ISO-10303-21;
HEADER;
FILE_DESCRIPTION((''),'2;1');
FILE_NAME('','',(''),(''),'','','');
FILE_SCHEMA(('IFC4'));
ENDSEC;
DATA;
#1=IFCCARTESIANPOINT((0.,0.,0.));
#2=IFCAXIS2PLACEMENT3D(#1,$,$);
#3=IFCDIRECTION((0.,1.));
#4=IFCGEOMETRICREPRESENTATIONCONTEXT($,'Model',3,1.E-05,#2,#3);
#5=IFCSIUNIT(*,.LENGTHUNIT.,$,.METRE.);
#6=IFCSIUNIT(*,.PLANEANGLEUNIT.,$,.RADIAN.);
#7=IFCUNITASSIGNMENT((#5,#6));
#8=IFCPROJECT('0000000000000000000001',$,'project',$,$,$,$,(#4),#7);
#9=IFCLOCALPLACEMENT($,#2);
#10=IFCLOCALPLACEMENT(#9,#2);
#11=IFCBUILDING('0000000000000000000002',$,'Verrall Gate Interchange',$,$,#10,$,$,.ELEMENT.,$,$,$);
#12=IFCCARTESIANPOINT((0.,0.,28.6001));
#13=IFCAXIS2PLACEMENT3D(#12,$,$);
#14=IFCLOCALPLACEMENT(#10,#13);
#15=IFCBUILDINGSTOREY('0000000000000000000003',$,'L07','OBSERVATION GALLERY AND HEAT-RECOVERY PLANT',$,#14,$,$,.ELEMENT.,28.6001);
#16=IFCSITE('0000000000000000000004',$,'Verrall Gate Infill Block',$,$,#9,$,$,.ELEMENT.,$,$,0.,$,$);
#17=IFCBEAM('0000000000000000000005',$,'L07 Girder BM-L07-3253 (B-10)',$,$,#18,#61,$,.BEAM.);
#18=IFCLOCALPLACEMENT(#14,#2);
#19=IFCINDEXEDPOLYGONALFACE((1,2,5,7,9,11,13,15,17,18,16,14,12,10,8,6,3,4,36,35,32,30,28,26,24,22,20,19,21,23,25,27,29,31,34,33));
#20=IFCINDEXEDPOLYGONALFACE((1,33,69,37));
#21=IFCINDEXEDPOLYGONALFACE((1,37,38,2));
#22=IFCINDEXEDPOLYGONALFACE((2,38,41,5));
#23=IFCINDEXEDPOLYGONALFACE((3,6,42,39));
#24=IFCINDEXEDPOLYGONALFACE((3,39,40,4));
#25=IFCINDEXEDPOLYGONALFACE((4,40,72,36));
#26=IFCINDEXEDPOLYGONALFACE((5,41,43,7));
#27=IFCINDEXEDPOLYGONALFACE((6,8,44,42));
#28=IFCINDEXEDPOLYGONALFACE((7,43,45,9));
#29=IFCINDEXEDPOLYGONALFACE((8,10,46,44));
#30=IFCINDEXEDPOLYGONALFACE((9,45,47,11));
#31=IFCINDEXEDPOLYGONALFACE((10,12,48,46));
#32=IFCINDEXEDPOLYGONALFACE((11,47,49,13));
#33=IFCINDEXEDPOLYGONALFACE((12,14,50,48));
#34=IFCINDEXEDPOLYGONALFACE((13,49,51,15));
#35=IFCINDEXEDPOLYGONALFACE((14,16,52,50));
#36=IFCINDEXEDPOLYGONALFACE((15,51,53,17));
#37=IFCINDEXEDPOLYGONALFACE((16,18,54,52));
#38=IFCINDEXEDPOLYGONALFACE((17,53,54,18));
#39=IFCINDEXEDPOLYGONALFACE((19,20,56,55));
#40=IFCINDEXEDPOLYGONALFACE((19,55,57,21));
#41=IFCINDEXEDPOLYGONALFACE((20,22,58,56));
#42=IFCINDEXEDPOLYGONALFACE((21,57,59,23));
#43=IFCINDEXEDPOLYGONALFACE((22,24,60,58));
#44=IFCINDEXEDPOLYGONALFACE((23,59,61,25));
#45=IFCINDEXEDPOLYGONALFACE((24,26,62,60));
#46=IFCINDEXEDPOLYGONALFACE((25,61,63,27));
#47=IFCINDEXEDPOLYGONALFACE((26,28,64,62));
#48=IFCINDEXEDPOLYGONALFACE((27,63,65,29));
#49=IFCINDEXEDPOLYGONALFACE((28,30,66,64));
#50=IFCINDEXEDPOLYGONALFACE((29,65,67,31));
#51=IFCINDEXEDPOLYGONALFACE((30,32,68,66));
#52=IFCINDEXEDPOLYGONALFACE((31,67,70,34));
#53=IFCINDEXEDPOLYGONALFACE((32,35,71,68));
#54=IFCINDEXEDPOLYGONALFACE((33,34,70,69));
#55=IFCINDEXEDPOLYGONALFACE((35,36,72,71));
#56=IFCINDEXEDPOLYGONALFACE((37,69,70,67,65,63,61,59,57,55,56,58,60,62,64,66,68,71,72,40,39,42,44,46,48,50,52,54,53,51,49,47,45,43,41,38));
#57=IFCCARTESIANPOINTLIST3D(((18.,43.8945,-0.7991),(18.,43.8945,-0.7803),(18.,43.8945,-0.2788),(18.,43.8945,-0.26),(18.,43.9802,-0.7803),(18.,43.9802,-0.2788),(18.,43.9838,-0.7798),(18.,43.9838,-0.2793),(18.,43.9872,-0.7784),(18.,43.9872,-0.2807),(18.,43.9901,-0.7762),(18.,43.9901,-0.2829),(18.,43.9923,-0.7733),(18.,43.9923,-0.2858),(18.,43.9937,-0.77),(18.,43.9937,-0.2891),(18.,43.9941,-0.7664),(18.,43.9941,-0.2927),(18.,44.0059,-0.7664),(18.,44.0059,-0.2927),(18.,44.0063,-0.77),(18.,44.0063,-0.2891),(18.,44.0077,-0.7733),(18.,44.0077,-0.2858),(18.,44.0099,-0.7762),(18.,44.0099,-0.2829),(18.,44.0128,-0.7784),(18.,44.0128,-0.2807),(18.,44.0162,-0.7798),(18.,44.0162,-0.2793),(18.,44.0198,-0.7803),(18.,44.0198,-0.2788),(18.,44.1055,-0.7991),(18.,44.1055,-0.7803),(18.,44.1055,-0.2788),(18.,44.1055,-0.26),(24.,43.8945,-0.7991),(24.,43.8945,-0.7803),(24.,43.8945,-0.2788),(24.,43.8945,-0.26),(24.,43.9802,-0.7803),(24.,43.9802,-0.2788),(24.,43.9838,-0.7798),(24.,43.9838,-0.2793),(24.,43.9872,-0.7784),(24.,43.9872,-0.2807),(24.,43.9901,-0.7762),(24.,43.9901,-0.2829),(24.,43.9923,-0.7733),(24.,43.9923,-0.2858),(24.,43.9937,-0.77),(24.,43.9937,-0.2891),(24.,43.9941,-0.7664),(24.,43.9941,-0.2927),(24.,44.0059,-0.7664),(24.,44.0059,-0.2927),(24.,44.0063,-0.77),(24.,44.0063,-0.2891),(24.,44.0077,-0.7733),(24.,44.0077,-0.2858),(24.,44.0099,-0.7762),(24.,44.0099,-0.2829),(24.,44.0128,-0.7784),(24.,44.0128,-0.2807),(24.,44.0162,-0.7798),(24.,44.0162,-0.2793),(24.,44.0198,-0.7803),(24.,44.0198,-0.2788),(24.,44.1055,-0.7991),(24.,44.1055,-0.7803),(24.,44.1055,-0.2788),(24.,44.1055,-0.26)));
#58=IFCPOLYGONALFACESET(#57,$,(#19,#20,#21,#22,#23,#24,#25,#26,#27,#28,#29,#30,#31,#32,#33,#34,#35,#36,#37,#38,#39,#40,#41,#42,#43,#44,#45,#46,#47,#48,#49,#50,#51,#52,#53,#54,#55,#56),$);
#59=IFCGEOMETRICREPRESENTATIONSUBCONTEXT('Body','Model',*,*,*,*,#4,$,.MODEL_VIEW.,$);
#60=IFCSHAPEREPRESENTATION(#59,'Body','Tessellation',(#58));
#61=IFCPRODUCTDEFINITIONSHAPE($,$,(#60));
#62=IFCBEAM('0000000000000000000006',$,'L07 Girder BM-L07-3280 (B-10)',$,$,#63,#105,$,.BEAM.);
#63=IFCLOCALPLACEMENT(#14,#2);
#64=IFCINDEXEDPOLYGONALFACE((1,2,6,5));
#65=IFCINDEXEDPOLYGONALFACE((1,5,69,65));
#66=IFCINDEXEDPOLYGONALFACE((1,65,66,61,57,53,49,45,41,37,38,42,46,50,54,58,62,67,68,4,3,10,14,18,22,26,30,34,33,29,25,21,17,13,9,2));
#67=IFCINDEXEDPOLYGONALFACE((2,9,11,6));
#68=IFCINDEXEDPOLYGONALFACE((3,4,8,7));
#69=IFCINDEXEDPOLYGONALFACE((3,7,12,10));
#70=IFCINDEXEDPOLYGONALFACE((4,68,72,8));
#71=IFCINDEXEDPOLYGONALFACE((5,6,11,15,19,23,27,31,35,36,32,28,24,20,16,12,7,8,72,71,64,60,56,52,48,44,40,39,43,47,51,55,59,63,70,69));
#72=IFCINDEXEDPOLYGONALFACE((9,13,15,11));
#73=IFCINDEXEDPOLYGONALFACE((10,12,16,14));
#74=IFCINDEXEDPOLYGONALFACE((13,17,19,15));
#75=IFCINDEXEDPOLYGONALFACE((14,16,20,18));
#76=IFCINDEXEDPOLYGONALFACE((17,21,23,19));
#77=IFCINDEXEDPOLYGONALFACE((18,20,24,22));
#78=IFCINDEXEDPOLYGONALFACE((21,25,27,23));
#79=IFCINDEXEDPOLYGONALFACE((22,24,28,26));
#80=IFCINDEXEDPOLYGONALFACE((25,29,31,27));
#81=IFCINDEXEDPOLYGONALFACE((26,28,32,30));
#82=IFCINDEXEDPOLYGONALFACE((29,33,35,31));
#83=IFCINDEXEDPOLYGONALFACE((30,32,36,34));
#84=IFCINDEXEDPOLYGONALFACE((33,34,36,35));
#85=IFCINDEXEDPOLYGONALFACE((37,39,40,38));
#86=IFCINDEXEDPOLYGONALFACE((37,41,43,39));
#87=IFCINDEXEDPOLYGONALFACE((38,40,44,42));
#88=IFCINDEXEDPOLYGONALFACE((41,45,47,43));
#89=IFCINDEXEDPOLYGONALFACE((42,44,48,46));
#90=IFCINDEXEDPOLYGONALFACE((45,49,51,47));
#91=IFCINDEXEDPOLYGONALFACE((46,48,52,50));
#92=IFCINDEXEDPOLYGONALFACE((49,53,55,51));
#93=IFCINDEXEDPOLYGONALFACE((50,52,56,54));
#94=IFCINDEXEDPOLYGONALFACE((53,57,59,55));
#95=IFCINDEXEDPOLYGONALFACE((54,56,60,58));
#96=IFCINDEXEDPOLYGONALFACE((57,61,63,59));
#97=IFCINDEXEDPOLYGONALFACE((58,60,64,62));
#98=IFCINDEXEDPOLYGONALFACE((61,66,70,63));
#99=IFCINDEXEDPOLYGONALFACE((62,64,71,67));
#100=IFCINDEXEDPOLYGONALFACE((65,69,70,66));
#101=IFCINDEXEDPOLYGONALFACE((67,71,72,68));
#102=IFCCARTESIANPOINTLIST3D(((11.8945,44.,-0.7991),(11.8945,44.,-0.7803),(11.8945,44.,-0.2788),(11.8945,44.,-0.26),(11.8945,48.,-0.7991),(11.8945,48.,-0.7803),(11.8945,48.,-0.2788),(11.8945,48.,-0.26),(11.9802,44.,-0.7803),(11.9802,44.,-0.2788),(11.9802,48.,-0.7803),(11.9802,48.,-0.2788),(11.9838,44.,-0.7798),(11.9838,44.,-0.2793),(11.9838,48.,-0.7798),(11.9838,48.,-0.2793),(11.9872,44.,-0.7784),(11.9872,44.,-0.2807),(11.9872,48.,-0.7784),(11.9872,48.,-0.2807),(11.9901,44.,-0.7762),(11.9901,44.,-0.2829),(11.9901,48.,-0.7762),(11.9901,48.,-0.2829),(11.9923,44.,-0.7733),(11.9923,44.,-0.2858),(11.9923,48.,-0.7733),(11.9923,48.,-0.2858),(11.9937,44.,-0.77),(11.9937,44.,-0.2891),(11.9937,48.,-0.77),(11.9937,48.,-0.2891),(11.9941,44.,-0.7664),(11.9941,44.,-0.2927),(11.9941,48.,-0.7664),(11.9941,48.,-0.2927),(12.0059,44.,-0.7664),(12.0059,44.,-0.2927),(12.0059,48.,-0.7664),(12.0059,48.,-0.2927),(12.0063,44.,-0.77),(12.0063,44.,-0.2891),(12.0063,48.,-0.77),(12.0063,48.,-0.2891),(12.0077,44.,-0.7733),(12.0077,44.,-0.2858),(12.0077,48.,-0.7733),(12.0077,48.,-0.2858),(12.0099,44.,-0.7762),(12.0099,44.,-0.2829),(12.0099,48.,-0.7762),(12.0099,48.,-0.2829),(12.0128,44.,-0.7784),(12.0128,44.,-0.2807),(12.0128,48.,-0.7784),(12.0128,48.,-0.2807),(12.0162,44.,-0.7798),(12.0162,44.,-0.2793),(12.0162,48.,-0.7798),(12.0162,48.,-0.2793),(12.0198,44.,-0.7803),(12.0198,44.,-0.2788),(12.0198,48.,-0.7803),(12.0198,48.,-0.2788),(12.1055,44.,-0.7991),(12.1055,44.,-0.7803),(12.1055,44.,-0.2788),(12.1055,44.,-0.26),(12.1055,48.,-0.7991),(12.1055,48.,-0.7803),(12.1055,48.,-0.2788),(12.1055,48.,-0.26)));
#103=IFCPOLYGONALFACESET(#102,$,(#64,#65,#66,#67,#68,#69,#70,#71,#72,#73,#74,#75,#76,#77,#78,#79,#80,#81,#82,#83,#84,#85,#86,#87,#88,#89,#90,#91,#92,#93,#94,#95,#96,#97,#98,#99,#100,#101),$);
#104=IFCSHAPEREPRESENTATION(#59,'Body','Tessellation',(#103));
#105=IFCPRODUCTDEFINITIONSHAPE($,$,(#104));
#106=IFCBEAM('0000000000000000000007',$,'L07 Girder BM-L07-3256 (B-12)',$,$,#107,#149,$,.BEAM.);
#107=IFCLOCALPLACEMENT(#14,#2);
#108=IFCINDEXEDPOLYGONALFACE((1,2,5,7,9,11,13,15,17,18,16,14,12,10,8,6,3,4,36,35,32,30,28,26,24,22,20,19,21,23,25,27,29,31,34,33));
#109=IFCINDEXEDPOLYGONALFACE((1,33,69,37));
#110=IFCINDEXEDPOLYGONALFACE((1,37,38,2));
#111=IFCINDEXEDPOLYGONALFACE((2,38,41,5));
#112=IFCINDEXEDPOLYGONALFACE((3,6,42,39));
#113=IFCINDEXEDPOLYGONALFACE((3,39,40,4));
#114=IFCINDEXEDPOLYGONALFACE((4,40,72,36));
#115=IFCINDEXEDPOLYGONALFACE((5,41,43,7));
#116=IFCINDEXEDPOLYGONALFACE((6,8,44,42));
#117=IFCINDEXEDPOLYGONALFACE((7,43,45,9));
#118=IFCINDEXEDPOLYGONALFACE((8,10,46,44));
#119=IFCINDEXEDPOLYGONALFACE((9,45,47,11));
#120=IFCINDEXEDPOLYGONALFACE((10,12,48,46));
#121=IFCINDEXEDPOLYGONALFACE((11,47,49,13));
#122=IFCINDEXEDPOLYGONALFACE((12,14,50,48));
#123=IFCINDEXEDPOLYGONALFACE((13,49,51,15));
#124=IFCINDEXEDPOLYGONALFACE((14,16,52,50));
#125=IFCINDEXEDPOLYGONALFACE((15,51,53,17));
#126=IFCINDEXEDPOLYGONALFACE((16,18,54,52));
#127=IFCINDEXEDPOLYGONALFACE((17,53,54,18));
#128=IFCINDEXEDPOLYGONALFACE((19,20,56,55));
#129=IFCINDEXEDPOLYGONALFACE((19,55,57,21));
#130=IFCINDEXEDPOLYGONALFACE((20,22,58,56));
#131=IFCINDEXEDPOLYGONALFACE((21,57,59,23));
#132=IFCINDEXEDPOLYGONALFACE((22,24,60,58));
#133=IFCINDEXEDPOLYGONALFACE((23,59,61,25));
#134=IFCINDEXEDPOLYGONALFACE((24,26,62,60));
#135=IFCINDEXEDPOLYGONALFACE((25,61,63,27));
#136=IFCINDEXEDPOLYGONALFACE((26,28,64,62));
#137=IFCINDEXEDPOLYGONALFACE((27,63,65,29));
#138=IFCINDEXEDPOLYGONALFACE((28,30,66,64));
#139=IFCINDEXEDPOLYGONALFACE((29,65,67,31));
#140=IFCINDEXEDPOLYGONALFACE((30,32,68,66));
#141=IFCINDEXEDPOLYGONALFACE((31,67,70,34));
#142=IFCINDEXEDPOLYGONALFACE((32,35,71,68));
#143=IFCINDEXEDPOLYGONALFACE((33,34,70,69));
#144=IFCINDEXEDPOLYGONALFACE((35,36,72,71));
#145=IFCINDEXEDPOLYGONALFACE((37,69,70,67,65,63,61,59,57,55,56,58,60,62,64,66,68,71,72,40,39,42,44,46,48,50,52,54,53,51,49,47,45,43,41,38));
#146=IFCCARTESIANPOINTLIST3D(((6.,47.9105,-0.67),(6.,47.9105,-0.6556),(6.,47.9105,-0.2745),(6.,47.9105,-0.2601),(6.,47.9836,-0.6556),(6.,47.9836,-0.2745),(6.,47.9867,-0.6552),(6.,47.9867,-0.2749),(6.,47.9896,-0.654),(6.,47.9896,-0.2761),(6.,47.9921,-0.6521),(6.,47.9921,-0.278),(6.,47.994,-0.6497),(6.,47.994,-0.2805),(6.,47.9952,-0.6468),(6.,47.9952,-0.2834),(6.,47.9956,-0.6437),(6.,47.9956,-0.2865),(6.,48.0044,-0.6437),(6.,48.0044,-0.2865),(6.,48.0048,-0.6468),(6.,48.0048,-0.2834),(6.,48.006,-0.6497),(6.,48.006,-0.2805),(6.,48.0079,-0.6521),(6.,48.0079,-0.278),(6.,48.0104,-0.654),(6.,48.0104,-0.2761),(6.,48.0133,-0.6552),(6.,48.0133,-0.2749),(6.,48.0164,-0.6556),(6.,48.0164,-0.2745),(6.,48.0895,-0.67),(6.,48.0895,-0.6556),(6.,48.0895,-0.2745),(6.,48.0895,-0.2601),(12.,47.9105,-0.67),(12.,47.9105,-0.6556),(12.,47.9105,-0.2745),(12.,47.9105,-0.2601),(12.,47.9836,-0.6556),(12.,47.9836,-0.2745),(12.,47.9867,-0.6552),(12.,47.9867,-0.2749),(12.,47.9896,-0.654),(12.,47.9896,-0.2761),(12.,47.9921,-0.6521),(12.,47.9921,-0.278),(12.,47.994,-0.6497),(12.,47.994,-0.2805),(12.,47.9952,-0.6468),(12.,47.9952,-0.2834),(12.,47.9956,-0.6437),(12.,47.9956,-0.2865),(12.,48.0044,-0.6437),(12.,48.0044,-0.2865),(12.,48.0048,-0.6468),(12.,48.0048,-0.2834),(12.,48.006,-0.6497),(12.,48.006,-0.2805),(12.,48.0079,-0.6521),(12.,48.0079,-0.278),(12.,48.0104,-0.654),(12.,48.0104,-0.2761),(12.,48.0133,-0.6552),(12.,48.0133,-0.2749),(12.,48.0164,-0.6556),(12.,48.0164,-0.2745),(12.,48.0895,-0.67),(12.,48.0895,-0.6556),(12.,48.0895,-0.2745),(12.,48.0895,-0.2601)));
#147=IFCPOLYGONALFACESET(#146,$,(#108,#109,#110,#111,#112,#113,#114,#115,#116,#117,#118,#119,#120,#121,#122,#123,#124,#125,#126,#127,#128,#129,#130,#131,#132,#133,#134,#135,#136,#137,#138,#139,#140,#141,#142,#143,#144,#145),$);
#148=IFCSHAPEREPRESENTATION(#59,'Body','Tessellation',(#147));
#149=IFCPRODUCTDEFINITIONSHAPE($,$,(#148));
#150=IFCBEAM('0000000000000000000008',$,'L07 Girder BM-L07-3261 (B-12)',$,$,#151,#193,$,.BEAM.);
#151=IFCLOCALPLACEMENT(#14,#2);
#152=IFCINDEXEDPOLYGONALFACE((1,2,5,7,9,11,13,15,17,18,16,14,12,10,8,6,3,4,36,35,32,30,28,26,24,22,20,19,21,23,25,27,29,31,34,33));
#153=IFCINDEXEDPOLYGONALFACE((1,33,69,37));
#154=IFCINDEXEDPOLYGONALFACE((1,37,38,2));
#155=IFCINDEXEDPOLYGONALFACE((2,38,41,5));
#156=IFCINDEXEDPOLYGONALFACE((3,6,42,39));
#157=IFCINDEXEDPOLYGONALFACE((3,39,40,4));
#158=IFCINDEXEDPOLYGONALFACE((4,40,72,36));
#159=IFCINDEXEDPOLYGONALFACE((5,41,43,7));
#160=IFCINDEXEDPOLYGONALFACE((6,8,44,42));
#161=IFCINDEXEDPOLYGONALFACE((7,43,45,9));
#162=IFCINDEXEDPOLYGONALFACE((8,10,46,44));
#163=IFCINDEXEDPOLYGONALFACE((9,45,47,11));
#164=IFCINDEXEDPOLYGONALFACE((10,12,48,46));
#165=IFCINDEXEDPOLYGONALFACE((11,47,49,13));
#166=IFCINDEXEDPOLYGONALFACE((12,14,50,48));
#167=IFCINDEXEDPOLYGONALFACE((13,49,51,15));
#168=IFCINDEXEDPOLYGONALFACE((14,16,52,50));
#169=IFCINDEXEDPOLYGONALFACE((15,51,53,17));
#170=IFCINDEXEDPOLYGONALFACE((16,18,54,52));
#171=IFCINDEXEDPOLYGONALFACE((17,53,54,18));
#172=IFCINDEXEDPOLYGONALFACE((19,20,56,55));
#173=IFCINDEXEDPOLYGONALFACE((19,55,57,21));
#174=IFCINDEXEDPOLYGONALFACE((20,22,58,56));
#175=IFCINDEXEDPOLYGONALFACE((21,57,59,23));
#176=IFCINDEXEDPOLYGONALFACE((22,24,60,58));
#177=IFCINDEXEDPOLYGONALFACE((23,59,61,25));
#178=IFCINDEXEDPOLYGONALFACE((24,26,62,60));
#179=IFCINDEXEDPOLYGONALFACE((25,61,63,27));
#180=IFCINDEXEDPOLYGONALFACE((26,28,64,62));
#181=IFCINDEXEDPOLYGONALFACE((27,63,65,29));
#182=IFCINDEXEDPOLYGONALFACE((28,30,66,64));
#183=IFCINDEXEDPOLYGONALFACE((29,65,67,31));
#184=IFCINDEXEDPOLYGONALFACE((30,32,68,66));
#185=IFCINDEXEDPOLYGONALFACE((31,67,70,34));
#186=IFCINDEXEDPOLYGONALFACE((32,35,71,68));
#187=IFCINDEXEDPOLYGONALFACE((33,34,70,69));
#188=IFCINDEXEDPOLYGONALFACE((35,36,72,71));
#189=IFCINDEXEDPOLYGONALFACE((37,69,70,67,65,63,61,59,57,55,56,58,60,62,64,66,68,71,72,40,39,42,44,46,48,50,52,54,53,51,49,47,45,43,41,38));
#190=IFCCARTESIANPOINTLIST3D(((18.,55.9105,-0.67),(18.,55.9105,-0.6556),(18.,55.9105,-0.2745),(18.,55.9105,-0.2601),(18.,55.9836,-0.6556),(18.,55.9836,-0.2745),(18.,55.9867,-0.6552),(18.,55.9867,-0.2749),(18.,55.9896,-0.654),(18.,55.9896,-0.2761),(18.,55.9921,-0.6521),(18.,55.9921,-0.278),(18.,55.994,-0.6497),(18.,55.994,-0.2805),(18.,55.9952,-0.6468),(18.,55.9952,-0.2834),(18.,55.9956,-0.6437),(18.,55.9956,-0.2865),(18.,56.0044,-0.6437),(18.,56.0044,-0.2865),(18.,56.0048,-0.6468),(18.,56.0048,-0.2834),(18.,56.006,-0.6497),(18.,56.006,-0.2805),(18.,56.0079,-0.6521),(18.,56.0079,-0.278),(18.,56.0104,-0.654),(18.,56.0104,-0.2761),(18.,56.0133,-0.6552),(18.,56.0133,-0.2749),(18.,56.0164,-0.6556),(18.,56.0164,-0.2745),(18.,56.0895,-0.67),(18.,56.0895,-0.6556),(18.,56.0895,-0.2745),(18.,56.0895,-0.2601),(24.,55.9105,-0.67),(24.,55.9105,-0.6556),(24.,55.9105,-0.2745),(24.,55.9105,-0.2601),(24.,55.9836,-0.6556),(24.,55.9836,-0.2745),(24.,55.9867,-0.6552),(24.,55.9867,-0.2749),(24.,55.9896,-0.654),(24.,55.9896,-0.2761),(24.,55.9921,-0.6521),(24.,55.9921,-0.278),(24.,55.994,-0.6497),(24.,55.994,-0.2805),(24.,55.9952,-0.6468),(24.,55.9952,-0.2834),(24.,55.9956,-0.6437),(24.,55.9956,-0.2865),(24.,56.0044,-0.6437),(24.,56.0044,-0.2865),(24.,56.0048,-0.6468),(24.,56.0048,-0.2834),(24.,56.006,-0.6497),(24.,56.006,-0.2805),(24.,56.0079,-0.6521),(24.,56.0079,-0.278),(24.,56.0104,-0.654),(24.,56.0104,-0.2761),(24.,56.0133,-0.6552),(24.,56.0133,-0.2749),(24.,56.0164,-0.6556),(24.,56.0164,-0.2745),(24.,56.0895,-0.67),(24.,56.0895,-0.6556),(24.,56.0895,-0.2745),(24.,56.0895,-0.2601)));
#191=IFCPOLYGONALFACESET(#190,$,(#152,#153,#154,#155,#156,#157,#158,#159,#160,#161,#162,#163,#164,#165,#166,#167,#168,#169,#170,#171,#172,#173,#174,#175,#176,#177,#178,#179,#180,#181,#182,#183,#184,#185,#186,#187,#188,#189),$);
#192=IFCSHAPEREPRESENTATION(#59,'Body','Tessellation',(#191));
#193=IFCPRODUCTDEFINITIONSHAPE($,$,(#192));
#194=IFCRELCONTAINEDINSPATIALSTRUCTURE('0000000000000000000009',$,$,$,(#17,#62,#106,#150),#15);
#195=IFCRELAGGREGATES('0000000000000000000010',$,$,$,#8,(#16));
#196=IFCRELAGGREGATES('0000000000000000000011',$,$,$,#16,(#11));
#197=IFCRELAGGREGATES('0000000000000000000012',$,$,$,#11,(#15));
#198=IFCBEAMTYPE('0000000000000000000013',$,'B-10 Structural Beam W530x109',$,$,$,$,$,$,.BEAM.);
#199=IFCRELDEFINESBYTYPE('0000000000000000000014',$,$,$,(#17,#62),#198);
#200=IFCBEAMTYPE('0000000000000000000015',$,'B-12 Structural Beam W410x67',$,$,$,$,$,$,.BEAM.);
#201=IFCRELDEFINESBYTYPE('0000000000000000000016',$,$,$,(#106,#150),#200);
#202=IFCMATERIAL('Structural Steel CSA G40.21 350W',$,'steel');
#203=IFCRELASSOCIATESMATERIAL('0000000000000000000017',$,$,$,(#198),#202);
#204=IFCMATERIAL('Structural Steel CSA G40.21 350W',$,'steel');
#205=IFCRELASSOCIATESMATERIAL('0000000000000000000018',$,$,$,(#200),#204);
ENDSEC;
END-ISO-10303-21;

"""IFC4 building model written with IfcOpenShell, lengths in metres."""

from ifc_helpers import new_model, si_unit, direction, frame, origin, origin_2d, place, context, subcontext, project, spatial, i_section, extrude, material, material_profile, profile_set, type_object, element, save


model = new_model("IFC4")

# Units and contexts
model_context = context("Model", 3, precision=1e-05, world=origin(), true_north=direction((0.0, 1.0)))
body_context = subcontext(model_context, "Body", "Model", "MODEL_VIEW")
ifc_project = project(units=[si_unit("LENGTHUNIT", "METRE"), si_unit("PLANEANGLEUNIT", "RADIAN")], contexts=[model_context])

# Site, building, storey
site_placement = place(None, origin())
site = spatial("IfcSite", under=ifc_project, at=site_placement, Name="Verrall Gate Infill Block", CompositionType="ELEMENT", RefElevation=0.0)
building_placement = place(site_placement, origin())
building = spatial("IfcBuilding", under=site, at=building_placement, Name="Verrall Gate Interchange", CompositionType="ELEMENT")
storey_placement = place(building_placement, frame((0.0, 0.0, 28.6001)))
storey = spatial("IfcBuildingStorey", under=building, at=storey_placement, Name="L07", Description="OBSERVATION GALLERY AND HEAT-RECOVERY PLANT", CompositionType="ELEMENT", Elevation=28.6001)

# Beams
ifc_material_1 = material(Name="Structural Steel CSA G40.21 350W", Category="steel")
ifc_material_profile_1 = material_profile(ifc_material_1, i_section(OverallWidth=0.2109, OverallDepth=0.5391, WebThickness=0.0117, FlangeThickness=0.0188, FilletRadius=0.0139, at=origin_2d()), Name="W530x109")
ifc_profile_set_1 = profile_set([ifc_material_profile_1], Name="Structural Steel CSA G40.21 350W")
beam_type_1 = type_object("IfcBeamType", Name="B-10 Structural Beam W530x109", PredefinedType="BEAM", material=ifc_profile_set_1)
beam_1_placement = place(storey_placement, frame((18.0, 44.0, -0.5295), z_axis=(1.0, 0.0, 0.0), x_axis=(0.0, 1.0, 0.0)))
element("IfcBeam", 1, at=beam_1_placement, inside=storey, type_object=beam_type_1, Name="L07 Girder BM-L07-3253 (B-10)", PredefinedType="BEAM", context=body_context, shape_type="SweptSolid", body=[
    extrude(i_section(OverallWidth=0.2109, OverallDepth=0.5391, WebThickness=0.0117, FlangeThickness=0.0188, FilletRadius=0.0139, at=origin_2d()), origin(), (0.0, 0.0, 1.0), 6.0),
])
beam_2_placement = place(storey_placement, frame((12.0, 44.0, -0.5295), z_axis=(0.0, 1.0, 0.0), x_axis=(-1.0, 0.0, 0.0)))
element("IfcBeam", 2, at=beam_2_placement, inside=storey, type_object=beam_type_1, Name="L07 Girder BM-L07-3280 (B-10)", PredefinedType="BEAM", context=body_context, shape_type="SweptSolid", body=[
    extrude(i_section(OverallWidth=0.2109, OverallDepth=0.5391, WebThickness=0.0117, FlangeThickness=0.0188, FilletRadius=0.0139, at=origin_2d()), origin(), (0.0, 0.0, 1.0), 4.0),
])
ifc_material_2 = material(Name="Structural Steel CSA G40.21 350W", Category="steel")
ifc_material_profile_2 = material_profile(ifc_material_2, i_section(OverallWidth=0.179, OverallDepth=0.4099, WebThickness=0.0088, FlangeThickness=0.0144, FilletRadius=0.012, at=origin_2d()), Name="W410x67")
ifc_profile_set_2 = profile_set([ifc_material_profile_2], Name="Structural Steel CSA G40.21 350W")
beam_type_2 = type_object("IfcBeamType", Name="B-12 Structural Beam W410x67", PredefinedType="BEAM", material=ifc_profile_set_2)
for number, where, z_axis, x_axis, name in (
    (3, (6.0, 48.0, -0.4651), (1.0, 0.0, 0.0), (0.0, 1.0, 0.0), "L07 Girder BM-L07-3256 (B-12)"),
    (4, (18.0, 56.0, -0.4651), (1.0, 0.0, 0.0), (0.0, 1.0, 0.0), "L07 Girder BM-L07-3261 (B-12)"),
):
    element("IfcBeam", number, at=place(storey_placement, frame(where, z_axis=z_axis, x_axis=x_axis)), inside=storey, type_object=beam_type_2, Name=name, PredefinedType="BEAM", context=body_context, shape_type="SweptSolid", body=[
        extrude(i_section(OverallWidth=0.179, OverallDepth=0.4099, WebThickness=0.0088, FlangeThickness=0.0144, FilletRadius=0.012, at=origin_2d()), origin(), (0.0, 0.0, 1.0), 6.0),
    ])

save(model, "model.ifc")
